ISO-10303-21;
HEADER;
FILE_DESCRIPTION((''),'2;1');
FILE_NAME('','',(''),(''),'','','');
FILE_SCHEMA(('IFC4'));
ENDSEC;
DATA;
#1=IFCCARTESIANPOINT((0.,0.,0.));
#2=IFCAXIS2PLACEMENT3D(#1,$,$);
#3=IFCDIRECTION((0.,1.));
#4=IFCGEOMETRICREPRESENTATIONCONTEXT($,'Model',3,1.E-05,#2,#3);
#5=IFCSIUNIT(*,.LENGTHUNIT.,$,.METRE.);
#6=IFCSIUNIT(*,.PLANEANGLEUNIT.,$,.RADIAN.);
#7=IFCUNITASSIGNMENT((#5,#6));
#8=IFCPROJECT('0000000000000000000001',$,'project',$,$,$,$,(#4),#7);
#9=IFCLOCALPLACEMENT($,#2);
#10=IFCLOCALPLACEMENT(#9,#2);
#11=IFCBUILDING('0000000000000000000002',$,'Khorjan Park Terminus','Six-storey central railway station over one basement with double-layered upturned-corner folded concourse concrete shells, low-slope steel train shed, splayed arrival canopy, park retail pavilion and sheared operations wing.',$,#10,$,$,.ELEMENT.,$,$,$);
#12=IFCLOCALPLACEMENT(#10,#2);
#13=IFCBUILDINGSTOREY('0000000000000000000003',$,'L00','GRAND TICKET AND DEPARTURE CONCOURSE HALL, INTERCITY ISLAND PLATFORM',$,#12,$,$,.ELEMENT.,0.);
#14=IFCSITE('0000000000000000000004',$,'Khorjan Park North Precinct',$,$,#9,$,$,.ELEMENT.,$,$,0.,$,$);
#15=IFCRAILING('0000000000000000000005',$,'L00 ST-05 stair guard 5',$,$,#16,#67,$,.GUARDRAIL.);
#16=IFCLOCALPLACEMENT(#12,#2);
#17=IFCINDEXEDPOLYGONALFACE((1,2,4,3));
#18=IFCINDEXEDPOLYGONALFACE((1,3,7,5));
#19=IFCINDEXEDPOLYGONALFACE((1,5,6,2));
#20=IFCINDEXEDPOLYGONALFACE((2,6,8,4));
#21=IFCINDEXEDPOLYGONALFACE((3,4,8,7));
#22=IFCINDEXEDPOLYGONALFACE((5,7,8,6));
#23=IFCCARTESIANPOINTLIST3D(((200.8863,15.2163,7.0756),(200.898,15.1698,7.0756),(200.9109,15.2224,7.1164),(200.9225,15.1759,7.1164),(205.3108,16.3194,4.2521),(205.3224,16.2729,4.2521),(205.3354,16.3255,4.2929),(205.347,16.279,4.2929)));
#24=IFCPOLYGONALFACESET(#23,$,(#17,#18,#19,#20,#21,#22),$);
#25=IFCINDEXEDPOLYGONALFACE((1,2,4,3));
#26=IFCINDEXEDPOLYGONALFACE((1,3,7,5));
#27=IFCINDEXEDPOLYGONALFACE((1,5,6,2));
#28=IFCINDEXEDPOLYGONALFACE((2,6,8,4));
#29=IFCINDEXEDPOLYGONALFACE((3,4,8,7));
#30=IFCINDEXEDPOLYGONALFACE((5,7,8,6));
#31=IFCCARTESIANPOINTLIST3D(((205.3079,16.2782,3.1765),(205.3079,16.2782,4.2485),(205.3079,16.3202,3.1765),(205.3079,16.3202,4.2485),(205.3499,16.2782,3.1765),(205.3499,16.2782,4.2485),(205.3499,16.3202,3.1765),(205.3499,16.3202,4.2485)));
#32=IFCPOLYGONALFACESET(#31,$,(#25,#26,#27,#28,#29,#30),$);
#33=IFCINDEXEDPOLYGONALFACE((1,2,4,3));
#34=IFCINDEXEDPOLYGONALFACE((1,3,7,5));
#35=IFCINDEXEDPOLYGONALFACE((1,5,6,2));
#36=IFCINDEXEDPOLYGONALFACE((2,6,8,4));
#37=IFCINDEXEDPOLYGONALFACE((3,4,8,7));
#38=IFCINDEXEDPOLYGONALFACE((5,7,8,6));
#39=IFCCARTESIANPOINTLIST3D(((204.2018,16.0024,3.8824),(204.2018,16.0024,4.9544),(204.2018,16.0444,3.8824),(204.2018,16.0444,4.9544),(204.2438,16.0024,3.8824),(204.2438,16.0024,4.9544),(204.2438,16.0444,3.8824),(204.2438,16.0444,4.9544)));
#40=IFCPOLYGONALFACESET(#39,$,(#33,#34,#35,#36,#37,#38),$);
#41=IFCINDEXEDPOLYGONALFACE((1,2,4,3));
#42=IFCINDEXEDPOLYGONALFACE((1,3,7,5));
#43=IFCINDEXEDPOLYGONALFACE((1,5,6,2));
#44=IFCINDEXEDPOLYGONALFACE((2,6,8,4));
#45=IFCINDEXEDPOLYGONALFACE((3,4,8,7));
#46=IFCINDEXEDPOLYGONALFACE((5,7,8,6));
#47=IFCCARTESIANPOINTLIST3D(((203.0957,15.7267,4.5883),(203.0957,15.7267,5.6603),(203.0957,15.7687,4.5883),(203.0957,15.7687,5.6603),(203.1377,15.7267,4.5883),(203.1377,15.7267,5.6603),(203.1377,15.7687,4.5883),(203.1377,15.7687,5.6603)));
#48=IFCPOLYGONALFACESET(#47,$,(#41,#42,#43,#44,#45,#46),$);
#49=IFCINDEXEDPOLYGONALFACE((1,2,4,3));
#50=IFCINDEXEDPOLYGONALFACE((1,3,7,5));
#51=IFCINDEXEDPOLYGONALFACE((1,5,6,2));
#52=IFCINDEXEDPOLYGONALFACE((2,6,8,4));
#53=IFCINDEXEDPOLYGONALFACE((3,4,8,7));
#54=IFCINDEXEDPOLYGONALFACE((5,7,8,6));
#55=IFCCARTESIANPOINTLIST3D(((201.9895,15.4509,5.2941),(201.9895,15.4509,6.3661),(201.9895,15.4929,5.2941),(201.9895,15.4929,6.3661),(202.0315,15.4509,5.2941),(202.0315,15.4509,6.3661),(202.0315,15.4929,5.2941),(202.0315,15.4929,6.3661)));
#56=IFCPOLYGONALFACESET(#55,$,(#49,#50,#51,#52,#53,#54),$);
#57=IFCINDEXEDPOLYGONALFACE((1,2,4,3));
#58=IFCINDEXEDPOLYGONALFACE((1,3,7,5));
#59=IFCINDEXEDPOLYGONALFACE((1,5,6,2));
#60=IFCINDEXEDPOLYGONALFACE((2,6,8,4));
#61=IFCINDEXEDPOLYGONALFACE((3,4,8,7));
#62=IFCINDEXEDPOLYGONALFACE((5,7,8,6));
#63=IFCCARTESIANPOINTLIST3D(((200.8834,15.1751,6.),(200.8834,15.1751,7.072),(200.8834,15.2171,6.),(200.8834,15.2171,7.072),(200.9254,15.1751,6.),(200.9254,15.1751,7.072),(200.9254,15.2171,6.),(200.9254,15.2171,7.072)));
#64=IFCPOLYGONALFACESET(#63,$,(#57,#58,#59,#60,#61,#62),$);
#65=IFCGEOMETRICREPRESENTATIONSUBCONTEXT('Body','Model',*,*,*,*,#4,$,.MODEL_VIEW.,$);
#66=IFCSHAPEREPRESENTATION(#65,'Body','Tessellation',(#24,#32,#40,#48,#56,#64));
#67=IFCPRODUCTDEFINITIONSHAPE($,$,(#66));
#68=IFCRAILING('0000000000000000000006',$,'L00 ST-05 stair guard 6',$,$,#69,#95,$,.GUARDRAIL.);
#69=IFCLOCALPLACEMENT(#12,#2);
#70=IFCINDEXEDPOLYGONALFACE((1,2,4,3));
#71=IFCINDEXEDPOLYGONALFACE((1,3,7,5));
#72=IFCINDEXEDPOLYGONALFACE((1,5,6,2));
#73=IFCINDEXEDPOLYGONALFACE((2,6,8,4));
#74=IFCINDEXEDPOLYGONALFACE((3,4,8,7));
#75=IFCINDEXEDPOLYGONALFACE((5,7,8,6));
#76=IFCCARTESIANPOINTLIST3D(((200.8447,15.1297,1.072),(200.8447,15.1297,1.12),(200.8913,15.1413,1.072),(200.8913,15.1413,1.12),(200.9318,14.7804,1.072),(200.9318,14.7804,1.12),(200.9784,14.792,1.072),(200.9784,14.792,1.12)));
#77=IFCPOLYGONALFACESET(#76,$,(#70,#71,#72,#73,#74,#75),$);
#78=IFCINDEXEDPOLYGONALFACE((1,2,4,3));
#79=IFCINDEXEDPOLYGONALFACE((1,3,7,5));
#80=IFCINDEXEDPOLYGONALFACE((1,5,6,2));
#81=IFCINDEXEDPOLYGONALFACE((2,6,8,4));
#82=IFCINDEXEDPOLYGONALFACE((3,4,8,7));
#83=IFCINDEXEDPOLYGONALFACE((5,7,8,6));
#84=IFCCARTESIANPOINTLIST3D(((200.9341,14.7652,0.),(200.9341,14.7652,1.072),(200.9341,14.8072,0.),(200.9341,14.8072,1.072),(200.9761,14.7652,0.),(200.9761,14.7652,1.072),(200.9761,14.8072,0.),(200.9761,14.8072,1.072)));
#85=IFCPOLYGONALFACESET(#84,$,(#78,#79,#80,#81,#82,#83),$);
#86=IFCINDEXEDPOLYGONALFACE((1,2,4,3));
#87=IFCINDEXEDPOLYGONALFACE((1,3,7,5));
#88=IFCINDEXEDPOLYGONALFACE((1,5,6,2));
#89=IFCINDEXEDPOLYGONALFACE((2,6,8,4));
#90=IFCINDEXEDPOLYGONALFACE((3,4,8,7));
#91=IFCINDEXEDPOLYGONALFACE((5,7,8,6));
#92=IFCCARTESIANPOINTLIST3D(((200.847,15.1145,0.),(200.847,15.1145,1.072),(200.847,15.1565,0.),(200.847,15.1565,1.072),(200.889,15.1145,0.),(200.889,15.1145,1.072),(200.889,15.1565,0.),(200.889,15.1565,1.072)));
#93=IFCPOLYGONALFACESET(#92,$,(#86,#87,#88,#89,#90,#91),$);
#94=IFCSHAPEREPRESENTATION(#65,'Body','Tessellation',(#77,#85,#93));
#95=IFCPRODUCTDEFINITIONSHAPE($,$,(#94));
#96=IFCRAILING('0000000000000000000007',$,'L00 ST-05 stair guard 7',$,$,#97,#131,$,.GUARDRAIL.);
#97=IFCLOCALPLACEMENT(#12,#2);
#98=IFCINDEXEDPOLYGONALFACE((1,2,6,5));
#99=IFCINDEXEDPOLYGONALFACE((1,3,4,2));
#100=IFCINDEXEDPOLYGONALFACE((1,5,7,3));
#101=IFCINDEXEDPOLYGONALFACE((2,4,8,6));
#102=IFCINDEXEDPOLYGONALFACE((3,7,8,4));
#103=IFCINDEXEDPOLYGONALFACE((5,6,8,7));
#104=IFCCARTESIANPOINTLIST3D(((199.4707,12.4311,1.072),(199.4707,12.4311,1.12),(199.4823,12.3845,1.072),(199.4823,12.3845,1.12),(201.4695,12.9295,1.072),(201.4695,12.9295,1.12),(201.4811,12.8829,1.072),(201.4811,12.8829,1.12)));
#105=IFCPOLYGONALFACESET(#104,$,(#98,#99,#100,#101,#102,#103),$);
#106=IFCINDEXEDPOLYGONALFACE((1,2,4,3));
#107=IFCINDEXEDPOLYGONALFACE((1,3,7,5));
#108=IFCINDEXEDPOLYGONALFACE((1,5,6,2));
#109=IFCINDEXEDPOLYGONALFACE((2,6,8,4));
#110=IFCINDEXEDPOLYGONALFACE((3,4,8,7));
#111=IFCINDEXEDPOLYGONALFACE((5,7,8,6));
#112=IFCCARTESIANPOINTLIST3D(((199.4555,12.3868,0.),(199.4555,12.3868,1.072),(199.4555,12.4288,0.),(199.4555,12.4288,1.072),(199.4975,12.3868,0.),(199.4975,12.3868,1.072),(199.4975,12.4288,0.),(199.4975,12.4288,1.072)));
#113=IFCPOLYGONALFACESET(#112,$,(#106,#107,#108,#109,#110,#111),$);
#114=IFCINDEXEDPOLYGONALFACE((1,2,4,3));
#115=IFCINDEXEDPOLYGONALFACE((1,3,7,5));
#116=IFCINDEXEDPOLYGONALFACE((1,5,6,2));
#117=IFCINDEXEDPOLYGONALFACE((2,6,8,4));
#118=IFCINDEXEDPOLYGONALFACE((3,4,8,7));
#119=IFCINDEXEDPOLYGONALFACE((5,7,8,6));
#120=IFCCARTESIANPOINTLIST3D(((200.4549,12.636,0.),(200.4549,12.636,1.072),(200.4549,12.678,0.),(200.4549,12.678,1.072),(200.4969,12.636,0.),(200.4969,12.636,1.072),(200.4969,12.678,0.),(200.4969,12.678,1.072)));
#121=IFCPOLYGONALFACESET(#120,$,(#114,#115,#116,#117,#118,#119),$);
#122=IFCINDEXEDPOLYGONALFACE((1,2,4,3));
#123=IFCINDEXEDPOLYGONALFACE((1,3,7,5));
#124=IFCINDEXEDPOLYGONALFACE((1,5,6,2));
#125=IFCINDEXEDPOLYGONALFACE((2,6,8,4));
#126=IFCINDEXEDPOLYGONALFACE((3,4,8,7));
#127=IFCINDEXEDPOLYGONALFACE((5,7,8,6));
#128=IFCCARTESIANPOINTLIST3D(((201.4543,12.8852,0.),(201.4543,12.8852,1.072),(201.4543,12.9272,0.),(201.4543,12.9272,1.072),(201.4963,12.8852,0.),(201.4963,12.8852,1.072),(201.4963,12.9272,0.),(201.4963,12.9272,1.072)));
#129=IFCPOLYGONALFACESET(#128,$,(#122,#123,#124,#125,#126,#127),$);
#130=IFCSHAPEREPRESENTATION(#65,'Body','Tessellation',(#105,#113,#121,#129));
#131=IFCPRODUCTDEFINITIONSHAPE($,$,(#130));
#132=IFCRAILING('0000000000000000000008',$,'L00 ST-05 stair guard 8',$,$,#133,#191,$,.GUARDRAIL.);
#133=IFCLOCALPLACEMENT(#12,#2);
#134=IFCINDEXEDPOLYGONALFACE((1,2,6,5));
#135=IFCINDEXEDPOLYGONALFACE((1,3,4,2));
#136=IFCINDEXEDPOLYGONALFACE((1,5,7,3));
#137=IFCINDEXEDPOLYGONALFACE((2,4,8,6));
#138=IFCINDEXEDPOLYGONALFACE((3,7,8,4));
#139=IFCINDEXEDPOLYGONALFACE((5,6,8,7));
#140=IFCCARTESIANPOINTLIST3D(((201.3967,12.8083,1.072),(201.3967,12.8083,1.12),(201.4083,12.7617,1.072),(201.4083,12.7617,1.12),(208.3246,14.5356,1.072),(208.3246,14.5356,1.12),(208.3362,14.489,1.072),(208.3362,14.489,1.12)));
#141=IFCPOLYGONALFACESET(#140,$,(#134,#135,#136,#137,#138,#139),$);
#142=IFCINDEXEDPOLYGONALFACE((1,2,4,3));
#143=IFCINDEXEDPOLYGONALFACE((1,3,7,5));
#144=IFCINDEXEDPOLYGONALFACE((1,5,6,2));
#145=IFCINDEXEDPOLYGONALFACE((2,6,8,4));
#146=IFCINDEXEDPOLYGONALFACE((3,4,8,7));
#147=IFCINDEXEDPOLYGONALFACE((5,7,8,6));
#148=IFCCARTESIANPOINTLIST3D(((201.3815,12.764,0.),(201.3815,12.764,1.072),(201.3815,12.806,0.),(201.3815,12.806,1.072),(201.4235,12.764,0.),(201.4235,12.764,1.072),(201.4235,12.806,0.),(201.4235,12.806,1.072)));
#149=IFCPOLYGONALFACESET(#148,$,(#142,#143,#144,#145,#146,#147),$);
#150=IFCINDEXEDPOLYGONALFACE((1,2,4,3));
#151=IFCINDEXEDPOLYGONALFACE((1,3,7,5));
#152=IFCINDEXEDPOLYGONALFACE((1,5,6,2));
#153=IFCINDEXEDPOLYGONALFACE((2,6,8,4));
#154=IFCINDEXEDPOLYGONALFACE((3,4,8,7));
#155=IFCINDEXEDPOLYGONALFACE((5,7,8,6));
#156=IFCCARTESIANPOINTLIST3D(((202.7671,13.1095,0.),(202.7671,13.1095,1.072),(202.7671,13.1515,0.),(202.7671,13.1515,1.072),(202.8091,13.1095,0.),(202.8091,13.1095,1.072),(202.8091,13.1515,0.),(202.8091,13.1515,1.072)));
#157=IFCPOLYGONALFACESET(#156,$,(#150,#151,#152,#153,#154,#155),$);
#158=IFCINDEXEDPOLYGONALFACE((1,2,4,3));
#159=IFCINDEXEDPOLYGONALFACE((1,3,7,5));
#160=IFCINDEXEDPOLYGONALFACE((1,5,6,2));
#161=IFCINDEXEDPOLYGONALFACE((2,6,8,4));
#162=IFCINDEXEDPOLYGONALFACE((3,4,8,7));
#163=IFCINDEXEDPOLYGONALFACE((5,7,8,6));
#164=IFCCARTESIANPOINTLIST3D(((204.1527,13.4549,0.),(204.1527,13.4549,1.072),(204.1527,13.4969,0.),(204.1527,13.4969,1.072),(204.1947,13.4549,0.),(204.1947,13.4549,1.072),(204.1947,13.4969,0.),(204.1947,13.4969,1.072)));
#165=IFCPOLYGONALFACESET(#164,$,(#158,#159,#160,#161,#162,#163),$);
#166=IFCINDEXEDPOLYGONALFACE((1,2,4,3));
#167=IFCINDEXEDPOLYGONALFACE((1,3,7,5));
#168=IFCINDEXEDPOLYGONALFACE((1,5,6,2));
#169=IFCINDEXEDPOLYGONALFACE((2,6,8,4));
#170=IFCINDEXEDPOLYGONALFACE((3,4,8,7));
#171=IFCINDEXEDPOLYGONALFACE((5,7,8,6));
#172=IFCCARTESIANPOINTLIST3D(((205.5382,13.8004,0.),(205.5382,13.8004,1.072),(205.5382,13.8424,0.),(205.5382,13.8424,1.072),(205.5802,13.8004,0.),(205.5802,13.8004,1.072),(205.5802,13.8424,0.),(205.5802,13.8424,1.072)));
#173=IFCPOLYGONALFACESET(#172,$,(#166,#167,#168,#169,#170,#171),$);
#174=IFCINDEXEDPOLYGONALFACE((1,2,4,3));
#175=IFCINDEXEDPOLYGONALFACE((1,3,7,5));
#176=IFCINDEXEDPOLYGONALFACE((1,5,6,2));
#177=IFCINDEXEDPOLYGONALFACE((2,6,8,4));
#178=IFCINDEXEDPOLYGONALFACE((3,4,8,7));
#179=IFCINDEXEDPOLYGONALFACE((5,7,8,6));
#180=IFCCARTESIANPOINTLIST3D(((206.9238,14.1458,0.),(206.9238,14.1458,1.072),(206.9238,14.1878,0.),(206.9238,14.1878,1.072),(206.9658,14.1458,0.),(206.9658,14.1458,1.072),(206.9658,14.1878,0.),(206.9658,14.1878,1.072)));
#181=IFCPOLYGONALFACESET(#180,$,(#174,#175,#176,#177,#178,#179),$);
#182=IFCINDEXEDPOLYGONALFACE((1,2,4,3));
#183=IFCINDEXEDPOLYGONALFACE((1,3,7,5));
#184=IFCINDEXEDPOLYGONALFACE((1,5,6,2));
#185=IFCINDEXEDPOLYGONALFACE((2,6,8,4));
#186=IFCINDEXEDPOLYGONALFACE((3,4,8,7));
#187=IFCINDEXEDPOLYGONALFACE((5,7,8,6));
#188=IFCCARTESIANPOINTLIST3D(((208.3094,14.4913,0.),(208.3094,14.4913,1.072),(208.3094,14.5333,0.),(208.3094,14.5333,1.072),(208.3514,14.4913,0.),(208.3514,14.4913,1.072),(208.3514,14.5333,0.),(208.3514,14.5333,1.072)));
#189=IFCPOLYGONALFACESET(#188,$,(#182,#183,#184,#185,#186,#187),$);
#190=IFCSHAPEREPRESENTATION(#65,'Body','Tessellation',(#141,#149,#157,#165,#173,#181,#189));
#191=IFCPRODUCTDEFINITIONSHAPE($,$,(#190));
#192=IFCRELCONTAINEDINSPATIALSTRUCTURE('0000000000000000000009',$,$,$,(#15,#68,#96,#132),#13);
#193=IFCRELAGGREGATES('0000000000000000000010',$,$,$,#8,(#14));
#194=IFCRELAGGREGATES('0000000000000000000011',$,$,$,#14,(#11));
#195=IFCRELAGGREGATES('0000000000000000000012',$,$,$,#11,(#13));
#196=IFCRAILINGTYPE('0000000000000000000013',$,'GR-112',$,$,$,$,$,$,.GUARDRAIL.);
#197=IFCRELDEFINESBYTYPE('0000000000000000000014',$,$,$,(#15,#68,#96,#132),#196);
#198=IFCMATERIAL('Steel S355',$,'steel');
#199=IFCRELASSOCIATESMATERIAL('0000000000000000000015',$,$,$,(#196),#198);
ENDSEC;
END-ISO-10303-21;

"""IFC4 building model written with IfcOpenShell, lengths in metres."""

from ifc_helpers import new_model, si_unit, direction, frame, origin, origin_2d, place, context, subcontext, project, spatial, rectangle, extrude, material, type_object, element, save


model = new_model("IFC4")

# Units and contexts
model_context = context("Model", 3, precision=1e-05, world=origin(), true_north=direction((0.0, 1.0)))
body_context = subcontext(model_context, "Body", "Model", "MODEL_VIEW")
ifc_project = project(units=[si_unit("LENGTHUNIT", "METRE"), si_unit("PLANEANGLEUNIT", "RADIAN")], contexts=[model_context])

# Site, building, storey
site_placement = place(None, origin())
site = spatial("IfcSite", under=ifc_project, at=site_placement, Name="Khorjan Park North Precinct", CompositionType="ELEMENT", RefElevation=0.0)
building_placement = place(site_placement, origin())
building = spatial("IfcBuilding", under=site, at=building_placement, Name="Khorjan Park Terminus", Description="Six-storey central railway station over one basement with double-layered upturned-corner folded concourse concrete shells, low-slope steel train shed, splayed arrival canopy, park retail pavilion and sheared operations wing.", CompositionType="ELEMENT")
storey_placement = place(building_placement, origin())
storey = spatial("IfcBuildingStorey", under=building, at=storey_placement, Name="L00", Description="GRAND TICKET AND DEPARTURE CONCOURSE HALL, INTERCITY ISLAND PLATFORM", CompositionType="ELEMENT", Elevation=0.0)

# Shared definitions
ifc_material_1 = material(Name="Steel S355", Category="steel")

# Railings
railing_type_1 = type_object("IfcRailingType", Name="GR-112", PredefinedType="GUARDRAIL", material=ifc_material_1)
railing_1_placement = place(storey_placement, frame((205.3289, 16.2992, 3.1765)))
element("IfcRailing", 1, at=railing_1_placement, inside=storey, type_object=railing_type_1, Name="L00 ST-05 stair guard 5", PredefinedType="GUARDRAIL", context=body_context, shape_type="SweptSolid", body=[
    extrude(rectangle(XDim=0.048, YDim=0.048, at=origin_2d()), frame((0.0, 0.0, 1.096), z_axis=(-0.824956, -0.205675, 0.526446), x_axis=(0.241911, -0.970298, 0.0)), (0.0, 0.0, 1.0), 5.3633),
    extrude(rectangle(XDim=0.042, YDim=0.042, at=origin_2d()), origin(), (0.0, 0.0, 1.0), 1.072),
    extrude(rectangle(XDim=0.042, YDim=0.042, at=origin_2d()), frame((-1.1061, -0.2758, 0.7059)), (0.0, 0.0, 1.0), 1.072),
    extrude(rectangle(XDim=0.042, YDim=0.042, at=origin_2d()), frame((-2.2122, -0.5515, 1.4118)), (0.0, 0.0, 1.0), 1.072),
    extrude(rectangle(XDim=0.042, YDim=0.042, at=origin_2d()), frame((-3.3184, -0.8273, 2.1176)), (0.0, 0.0, 1.0), 1.072),
    extrude(rectangle(XDim=0.042, YDim=0.042, at=origin_2d()), frame((-4.4245, -1.1031, 2.8235)), (0.0, 0.0, 1.0), 1.072),
])
railing_2_placement = place(storey_placement, frame((200.9551, 14.7862, 0.0)))
element("IfcRailing", 2, at=railing_2_placement, inside=storey, type_object=railing_type_1, Name="L00 ST-05 stair guard 6", PredefinedType="GUARDRAIL", context=body_context, shape_type="SweptSolid", body=[
    extrude(rectangle(XDim=0.048, YDim=0.048, at=origin_2d()), frame((0.0, 0.0, 1.096), z_axis=(-0.241947, 0.970289, 0.0), x_axis=(-0.970289, -0.241947, 0.0)), (0.0, 0.0, 1.0), 0.36),
    extrude(rectangle(XDim=0.042, YDim=0.042, at=origin_2d()), origin(), (0.0, 0.0, 1.0), 1.072),
    extrude(rectangle(XDim=0.042, YDim=0.042, at=origin_2d()), frame((-0.0871, 0.3493, 0.0)), (0.0, 0.0, 1.0), 1.072),
])
railing_3_placement = place(storey_placement, frame((199.4765, 12.4078, 0.0)))
element("IfcRailing", 3, at=railing_3_placement, inside=storey, type_object=railing_type_1, Name="L00 ST-05 stair guard 7", PredefinedType="GUARDRAIL", context=body_context, shape_type="SweptSolid", body=[
    extrude(rectangle(XDim=0.048, YDim=0.048, at=origin_2d()), frame((0.0, 0.0, 1.096), z_axis=(0.970291, 0.241942, 0.0), x_axis=(-0.241942, 0.970291, 0.0)), (0.0, 0.0, 1.0), 2.06),
    extrude(rectangle(XDim=0.042, YDim=0.042, at=origin_2d()), origin(), (0.0, 0.0, 1.0), 1.072),
    extrude(rectangle(XDim=0.042, YDim=0.042, at=origin_2d()), frame((0.9994, 0.2492, 0.0)), (0.0, 0.0, 1.0), 1.072),
    extrude(rectangle(XDim=0.042, YDim=0.042, at=origin_2d()), frame((1.9988, 0.4984, 0.0)), (0.0, 0.0, 1.0), 1.072),
])
railing_4_placement = place(storey_placement, frame((201.4025, 12.785, 0.0)))
element("IfcRailing", 4, at=railing_4_placement, inside=storey, type_object=railing_type_1, Name="L00 ST-05 stair guard 8", PredefinedType="GUARDRAIL", context=body_context, shape_type="SweptSolid", body=[
    extrude(rectangle(XDim=0.048, YDim=0.048, at=origin_2d()), frame((0.0, 0.0, 1.096), z_axis=(0.970296, 0.241919, 0.0), x_axis=(-0.241919, 0.970296, 0.0)), (0.0, 0.0, 1.0), 7.14),
    extrude(rectangle(XDim=0.042, YDim=0.042, at=origin_2d()), origin(), (0.0, 0.0, 1.0), 1.072),
    extrude(rectangle(XDim=0.042, YDim=0.042, at=origin_2d()), frame((1.3856, 0.3455, 0.0)), (0.0, 0.0, 1.0), 1.072),
    extrude(rectangle(XDim=0.042, YDim=0.042, at=origin_2d()), frame((2.7712, 0.6909, 0.0)), (0.0, 0.0, 1.0), 1.072),
    extrude(rectangle(XDim=0.042, YDim=0.042, at=origin_2d()), frame((4.1567, 1.0364, 0.0)), (0.0, 0.0, 1.0), 1.072),
    extrude(rectangle(XDim=0.042, YDim=0.042, at=origin_2d()), frame((5.5423, 1.3818, 0.0)), (0.0, 0.0, 1.0), 1.072),
    extrude(rectangle(XDim=0.042, YDim=0.042, at=origin_2d()), frame((6.9279, 1.7273, 0.0)), (0.0, 0.0, 1.0), 1.072),
])

save(model, "model.ifc")
